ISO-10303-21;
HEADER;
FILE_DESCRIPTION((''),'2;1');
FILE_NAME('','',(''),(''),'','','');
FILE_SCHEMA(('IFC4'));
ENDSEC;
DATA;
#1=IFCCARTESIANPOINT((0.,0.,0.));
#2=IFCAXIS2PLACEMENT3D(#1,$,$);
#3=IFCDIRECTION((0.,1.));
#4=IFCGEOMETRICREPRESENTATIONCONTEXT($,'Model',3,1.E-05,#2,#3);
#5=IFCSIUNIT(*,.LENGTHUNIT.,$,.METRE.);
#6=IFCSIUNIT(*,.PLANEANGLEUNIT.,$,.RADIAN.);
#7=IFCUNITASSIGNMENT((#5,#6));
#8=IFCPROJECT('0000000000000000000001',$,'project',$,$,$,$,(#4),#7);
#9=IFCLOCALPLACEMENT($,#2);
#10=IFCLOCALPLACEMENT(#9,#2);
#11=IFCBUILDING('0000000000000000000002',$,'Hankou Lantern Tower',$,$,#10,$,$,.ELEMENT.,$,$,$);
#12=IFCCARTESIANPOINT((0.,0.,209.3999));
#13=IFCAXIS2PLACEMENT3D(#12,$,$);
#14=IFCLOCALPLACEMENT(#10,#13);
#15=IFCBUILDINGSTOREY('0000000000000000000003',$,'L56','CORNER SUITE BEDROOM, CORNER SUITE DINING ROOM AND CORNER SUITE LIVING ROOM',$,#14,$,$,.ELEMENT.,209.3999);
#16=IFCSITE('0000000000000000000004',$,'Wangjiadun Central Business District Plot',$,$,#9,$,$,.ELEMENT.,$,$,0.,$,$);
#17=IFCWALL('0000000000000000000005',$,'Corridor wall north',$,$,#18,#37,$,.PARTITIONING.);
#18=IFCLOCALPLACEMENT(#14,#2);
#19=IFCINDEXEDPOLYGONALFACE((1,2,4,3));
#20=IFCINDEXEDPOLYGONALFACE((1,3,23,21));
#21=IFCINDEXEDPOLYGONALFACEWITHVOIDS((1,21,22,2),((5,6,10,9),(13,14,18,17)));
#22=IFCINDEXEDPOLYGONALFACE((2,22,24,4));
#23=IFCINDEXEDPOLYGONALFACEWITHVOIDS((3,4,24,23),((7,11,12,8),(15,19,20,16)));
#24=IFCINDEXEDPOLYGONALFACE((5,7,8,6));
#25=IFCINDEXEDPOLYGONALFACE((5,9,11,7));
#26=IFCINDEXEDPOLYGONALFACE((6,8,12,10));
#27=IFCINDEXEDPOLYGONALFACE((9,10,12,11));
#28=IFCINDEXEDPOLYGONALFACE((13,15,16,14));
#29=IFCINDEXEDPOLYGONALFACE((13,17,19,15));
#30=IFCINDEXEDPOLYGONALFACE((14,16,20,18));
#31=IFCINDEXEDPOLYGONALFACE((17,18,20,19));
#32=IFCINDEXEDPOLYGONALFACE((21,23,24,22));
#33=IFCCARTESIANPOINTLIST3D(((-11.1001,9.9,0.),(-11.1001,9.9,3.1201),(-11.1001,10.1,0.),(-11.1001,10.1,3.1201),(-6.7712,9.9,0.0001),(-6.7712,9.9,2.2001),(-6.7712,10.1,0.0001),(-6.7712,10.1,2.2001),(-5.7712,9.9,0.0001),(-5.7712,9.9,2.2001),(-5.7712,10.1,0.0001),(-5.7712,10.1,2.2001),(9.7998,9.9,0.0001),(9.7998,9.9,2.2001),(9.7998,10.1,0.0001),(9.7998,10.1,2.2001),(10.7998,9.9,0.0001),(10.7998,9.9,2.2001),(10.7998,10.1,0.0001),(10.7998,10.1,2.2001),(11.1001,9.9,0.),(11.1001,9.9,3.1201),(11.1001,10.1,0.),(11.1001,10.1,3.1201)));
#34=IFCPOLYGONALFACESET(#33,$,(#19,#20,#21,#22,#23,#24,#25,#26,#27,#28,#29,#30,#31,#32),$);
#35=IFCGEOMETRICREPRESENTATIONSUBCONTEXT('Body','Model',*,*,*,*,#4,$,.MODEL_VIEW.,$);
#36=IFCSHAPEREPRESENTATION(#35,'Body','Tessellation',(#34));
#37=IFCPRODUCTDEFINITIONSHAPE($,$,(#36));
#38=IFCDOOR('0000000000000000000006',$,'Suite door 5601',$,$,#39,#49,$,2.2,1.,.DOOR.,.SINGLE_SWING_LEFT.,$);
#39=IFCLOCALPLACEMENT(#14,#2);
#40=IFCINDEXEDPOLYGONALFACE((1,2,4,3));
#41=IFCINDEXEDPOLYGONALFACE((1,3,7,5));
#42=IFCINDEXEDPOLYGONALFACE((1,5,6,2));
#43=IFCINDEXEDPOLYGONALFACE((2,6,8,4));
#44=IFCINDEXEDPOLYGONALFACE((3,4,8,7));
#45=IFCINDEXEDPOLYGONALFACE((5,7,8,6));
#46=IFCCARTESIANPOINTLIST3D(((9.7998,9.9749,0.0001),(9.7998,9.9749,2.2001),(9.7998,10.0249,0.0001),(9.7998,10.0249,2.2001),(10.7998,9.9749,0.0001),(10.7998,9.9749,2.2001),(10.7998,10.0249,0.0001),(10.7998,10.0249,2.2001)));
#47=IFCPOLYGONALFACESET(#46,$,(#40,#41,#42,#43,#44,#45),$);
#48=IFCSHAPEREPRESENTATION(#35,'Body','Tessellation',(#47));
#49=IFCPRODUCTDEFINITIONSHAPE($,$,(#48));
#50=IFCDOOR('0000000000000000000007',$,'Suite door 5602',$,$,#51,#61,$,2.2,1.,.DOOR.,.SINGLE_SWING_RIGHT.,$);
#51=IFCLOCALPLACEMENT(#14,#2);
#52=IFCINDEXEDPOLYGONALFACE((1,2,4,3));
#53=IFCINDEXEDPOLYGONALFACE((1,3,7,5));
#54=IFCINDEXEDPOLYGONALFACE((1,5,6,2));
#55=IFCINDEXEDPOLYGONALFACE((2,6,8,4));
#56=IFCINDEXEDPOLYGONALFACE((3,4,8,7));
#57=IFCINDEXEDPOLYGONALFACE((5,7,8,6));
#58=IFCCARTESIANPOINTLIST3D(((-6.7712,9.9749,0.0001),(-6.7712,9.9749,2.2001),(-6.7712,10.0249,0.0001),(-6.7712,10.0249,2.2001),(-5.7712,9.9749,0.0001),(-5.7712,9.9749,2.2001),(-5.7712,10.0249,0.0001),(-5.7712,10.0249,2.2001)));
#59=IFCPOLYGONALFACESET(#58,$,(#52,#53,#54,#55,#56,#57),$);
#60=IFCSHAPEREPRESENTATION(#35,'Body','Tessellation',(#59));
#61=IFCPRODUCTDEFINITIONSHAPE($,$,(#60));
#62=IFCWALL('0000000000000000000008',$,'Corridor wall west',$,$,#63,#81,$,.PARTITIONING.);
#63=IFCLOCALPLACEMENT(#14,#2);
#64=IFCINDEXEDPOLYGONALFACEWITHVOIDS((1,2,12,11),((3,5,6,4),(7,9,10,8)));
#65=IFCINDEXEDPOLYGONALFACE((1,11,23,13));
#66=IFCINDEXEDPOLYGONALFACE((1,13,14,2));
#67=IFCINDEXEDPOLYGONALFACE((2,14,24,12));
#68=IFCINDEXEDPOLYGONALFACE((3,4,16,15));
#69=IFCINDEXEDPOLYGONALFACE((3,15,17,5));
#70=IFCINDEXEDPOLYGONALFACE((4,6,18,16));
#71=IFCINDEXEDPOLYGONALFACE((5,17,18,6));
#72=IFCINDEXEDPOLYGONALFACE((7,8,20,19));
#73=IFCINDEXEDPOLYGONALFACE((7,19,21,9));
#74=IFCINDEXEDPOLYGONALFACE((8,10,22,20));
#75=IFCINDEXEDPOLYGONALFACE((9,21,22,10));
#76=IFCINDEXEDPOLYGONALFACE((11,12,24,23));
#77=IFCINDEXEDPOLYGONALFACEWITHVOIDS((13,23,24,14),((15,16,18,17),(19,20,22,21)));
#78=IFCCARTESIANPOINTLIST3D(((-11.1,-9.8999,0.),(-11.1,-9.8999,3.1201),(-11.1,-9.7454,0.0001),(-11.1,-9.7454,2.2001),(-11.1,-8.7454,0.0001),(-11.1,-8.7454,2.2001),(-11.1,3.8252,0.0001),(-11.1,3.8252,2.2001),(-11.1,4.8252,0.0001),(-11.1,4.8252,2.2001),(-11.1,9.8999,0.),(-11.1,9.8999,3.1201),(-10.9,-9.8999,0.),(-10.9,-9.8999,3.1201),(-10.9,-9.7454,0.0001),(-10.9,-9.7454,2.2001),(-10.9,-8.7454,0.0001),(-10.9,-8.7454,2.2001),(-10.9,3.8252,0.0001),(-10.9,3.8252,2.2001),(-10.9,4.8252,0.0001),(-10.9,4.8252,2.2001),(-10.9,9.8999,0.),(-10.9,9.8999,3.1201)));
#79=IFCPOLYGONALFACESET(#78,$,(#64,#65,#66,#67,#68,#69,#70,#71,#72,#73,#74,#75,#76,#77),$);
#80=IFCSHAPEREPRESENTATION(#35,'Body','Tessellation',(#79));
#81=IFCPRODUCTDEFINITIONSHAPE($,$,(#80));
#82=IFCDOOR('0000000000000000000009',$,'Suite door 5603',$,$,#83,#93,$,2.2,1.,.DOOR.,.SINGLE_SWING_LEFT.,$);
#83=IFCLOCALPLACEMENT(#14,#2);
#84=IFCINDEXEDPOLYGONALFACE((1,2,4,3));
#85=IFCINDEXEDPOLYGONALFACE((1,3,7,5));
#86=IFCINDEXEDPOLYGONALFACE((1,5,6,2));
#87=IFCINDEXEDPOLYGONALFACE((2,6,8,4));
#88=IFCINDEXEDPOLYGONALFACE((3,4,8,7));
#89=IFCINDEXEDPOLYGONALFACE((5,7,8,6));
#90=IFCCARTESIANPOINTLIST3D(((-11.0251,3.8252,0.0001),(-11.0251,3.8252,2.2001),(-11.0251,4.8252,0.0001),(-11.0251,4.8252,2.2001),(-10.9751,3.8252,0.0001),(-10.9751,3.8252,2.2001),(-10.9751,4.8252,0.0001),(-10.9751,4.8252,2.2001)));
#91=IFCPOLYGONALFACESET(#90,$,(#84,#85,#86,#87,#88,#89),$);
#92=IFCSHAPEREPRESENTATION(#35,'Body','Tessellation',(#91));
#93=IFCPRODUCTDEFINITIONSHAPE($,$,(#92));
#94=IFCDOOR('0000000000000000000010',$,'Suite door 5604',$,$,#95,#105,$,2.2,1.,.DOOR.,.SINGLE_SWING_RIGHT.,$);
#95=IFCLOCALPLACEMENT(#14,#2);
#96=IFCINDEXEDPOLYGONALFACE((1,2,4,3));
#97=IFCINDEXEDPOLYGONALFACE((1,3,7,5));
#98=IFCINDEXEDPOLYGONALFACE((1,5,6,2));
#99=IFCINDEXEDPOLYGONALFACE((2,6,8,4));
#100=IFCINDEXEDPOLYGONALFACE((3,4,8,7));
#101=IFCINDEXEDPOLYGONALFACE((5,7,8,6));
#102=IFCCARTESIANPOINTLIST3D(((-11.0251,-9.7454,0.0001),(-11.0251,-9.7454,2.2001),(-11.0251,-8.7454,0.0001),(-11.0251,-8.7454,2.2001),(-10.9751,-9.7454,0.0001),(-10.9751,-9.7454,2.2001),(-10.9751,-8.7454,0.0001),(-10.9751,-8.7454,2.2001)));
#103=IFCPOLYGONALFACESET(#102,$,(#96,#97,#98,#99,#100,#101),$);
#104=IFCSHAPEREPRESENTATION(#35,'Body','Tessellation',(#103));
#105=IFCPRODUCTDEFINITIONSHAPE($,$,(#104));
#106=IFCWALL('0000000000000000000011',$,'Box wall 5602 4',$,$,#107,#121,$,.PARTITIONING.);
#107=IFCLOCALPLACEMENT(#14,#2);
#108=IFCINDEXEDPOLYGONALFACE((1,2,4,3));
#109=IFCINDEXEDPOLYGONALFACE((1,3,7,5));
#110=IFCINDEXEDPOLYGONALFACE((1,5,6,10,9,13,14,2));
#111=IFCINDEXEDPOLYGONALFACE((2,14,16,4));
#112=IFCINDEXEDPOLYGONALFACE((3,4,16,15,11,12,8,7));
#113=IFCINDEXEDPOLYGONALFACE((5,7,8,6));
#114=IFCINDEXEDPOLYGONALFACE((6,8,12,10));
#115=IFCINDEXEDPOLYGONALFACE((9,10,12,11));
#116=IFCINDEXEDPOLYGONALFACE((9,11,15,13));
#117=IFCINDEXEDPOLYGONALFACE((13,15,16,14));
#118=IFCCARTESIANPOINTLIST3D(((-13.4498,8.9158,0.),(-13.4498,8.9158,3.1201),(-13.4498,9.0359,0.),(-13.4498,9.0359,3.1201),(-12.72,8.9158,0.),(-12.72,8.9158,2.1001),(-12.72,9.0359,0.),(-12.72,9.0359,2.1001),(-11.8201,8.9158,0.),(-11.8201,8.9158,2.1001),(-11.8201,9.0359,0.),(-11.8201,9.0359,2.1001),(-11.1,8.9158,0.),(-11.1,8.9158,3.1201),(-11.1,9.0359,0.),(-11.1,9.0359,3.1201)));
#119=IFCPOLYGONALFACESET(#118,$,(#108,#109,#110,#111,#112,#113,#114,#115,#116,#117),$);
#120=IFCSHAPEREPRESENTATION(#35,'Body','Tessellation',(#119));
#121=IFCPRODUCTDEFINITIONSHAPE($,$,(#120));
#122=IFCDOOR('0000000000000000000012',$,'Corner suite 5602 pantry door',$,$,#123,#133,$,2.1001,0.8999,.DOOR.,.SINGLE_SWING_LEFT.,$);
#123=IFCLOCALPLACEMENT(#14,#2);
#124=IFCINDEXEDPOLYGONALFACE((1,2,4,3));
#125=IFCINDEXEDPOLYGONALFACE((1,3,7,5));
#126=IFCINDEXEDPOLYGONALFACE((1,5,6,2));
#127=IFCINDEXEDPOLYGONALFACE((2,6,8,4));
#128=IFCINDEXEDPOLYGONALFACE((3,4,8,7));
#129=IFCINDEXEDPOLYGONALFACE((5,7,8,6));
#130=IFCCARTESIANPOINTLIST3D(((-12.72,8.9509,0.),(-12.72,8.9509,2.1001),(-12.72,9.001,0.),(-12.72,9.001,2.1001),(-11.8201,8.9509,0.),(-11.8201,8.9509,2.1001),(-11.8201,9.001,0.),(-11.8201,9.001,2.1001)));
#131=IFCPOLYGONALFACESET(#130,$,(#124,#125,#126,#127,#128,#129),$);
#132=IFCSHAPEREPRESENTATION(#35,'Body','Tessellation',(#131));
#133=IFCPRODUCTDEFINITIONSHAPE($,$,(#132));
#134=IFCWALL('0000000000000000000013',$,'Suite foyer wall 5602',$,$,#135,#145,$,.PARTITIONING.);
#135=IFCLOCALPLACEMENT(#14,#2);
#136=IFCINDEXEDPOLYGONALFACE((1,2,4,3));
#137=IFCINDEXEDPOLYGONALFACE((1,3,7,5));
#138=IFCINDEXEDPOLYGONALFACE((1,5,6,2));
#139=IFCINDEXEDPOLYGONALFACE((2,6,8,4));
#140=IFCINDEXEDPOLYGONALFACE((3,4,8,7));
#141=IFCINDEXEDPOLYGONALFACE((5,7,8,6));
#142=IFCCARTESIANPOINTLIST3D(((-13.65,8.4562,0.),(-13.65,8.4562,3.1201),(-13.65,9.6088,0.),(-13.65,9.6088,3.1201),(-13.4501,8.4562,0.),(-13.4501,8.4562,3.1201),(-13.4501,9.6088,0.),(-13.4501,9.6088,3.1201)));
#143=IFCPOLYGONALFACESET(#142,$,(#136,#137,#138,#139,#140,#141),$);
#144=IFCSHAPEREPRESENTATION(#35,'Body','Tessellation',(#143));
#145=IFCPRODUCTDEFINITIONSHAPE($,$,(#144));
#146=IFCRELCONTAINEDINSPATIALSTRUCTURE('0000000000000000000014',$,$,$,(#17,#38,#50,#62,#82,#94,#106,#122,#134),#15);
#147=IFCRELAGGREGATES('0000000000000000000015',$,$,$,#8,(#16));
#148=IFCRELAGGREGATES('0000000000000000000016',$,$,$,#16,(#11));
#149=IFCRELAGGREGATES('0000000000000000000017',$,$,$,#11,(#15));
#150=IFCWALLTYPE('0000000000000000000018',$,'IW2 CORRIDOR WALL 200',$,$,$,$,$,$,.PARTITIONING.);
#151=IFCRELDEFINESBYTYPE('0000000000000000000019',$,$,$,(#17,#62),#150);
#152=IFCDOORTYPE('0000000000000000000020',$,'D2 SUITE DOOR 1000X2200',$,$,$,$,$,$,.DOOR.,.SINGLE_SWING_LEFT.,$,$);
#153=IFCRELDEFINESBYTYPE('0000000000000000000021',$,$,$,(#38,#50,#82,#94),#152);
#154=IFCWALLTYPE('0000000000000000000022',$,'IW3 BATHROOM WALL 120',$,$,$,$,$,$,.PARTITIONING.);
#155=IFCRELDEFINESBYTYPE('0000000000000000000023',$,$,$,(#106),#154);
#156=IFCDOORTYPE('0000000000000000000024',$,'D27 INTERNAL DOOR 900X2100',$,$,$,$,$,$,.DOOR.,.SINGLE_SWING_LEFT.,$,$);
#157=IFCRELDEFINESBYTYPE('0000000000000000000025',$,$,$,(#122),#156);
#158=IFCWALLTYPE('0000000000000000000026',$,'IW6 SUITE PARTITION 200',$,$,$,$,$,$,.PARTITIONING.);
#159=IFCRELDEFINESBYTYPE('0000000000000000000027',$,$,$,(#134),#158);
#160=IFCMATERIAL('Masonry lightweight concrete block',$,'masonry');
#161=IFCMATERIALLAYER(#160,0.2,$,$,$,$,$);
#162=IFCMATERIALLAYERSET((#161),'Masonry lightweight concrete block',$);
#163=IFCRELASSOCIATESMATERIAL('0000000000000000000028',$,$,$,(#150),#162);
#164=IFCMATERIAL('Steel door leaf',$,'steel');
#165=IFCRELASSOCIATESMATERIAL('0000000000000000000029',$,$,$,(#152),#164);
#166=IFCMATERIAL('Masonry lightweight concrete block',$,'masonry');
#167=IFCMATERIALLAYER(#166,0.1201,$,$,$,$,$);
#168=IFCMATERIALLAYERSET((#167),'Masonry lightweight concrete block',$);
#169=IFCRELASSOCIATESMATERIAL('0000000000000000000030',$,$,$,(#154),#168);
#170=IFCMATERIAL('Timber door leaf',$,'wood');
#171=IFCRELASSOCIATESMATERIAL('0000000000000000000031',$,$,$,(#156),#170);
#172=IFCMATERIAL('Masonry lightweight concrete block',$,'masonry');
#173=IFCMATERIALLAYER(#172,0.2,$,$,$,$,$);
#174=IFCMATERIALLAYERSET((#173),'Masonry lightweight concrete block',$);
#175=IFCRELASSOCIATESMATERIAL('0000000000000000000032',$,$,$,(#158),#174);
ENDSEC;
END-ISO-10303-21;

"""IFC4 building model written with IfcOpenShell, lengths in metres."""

from ifc_helpers import new_model, si_unit, direction, frame, frame_2d, origin, place, context, subcontext, project, spatial, rectangle, extrude, material, layer, layer_set, type_object, element, fill, save


model = new_model("IFC4")

# Units and contexts
model_context = context("Model", 3, precision=1e-05, world=origin(), true_north=direction((0.0, 1.0)))
body_context = subcontext(model_context, "Body", "Model", "MODEL_VIEW")
ifc_project = project(units=[si_unit("LENGTHUNIT", "METRE"), si_unit("PLANEANGLEUNIT", "RADIAN")], contexts=[model_context])

# Site, building, storey
site_placement = place(None, origin())
site = spatial("IfcSite", under=ifc_project, at=site_placement, Name="Wangjiadun Central Business District Plot", CompositionType="ELEMENT", RefElevation=0.0)
building_placement = place(site_placement, origin())
building = spatial("IfcBuilding", under=site, at=building_placement, Name="Hankou Lantern Tower", CompositionType="ELEMENT")
storey_placement = place(building_placement, frame((0.0, 0.0, 209.3999)))
storey = spatial("IfcBuildingStorey", under=building, at=storey_placement, Name="L56", Description="CORNER SUITE BEDROOM, CORNER SUITE DINING ROOM AND CORNER SUITE LIVING ROOM", CompositionType="ELEMENT", Elevation=209.3999)

# Walls, openings, doors
ifc_material_1 = material(Name="Masonry lightweight concrete block", Category="masonry")
ifc_layer_1 = layer(ifc_material_1, 0.2)
ifc_layer_set_1 = layer_set([ifc_layer_1], Name="Masonry lightweight concrete block")
wall_type_1 = type_object("IfcWallType", Name="IW2 CORRIDOR WALL 200", PredefinedType="PARTITIONING", material=ifc_layer_set_1)
wall_1_placement = place(storey_placement, frame((-11.1001, 10.0, 0.0), z_axis=(0.0, 0.0, 1.0), x_axis=(1.0, 0.0, 0.0)))
wall_1 = element("IfcWall", 1, at=wall_1_placement, inside=storey, type_object=wall_type_1, Name="Corridor wall north", PredefinedType="PARTITIONING", context=body_context, shape_type="SweptSolid", body=[
    extrude(rectangle(XDim=22.2002, YDim=0.2, at=frame_2d((11.1001, 0.0))), origin(), (0.0, 0.0, 1.0), 3.1201),
])
opening_1_placement = place(wall_1_placement, frame((20.8999, 0.0, 0.0)))
opening_1 = element("IfcOpeningElement", 2, at=opening_1_placement, cuts=wall_1, PredefinedType="OPENING", context=body_context, shape_type="SweptSolid", body=[
    extrude(rectangle(XDim=1.0, YDim=2.2, at=frame_2d((0.5, 1.1001))), frame((0.0, 0.1099, 0.0), z_axis=(0.0, -1.0, 0.0), x_axis=(1.0, 0.0, 0.0)), (0.0, 0.0, 1.0), 0.22),
])
opening_2_placement = place(wall_1_placement, frame((4.3289, 0.0, 0.0)))
opening_2 = element("IfcOpeningElement", 3, at=opening_2_placement, cuts=wall_1, PredefinedType="OPENING", context=body_context, shape_type="SweptSolid", body=[
    extrude(rectangle(XDim=1.0, YDim=2.2, at=frame_2d((0.5, 1.1001))), frame((0.0, 0.1099, 0.0), z_axis=(0.0, -1.0, 0.0), x_axis=(1.0, 0.0, 0.0)), (0.0, 0.0, 1.0), 0.22),
])
ifc_material_2 = material(Name="Steel door leaf", Category="steel")
door_type_1 = type_object("IfcDoorType", Name="D2 SUITE DOOR 1000X2200", OperationType="SINGLE_SWING_LEFT", PredefinedType="DOOR", material=ifc_material_2)
door_1_placement = place(opening_1_placement, origin())
door_1 = element("IfcDoor", 4, at=door_1_placement, inside=storey, type_object=door_type_1, Name="Suite door 5601", OperationType="SINGLE_SWING_LEFT", OverallHeight=2.2, OverallWidth=1.0, PredefinedType="DOOR", context=body_context, shape_type="SweptSolid", body=[
    extrude(rectangle(XDim=1.0, YDim=2.2, at=frame_2d((0.5, 1.1001))), frame((0.0, 0.0249, 0.0), z_axis=(0.0, -1.0, 0.0), x_axis=(1.0, 0.0, 0.0)), (0.0, 0.0, 1.0), 0.05),
])
fill(opening_1, door_1)
door_2_placement = place(opening_2_placement, origin())
door_2 = element("IfcDoor", 5, at=door_2_placement, inside=storey, type_object=door_type_1, Name="Suite door 5602", OperationType="SINGLE_SWING_RIGHT", OverallHeight=2.2, OverallWidth=1.0, PredefinedType="DOOR", context=body_context, shape_type="SweptSolid", body=[
    extrude(rectangle(XDim=1.0, YDim=2.2, at=frame_2d((0.5, 1.1001))), frame((0.0, 0.0249, 0.0), z_axis=(0.0, -1.0, 0.0), x_axis=(1.0, 0.0, 0.0)), (0.0, 0.0, 1.0), 0.05),
])
fill(opening_2, door_2)
wall_2_placement = place(storey_placement, frame((-11.0, 9.8999, 0.0), z_axis=(0.0, 0.0, 1.0), x_axis=(0.0, -1.0, 0.0)))
wall_2 = element("IfcWall", 6, at=wall_2_placement, inside=storey, type_object=wall_type_1, Name="Corridor wall west", PredefinedType="PARTITIONING", context=body_context, shape_type="SweptSolid", body=[
    extrude(rectangle(XDim=19.7998, YDim=0.2, at=frame_2d((9.8999, 0.0))), origin(), (0.0, 0.0, 1.0), 3.1201),
])
opening_3_placement = place(wall_2_placement, frame((5.0747, 0.0, 0.0)))
opening_3 = element("IfcOpeningElement", 7, at=opening_3_placement, cuts=wall_2, PredefinedType="OPENING", context=body_context, shape_type="SweptSolid", body=[
    extrude(rectangle(XDim=1.0, YDim=2.2, at=frame_2d((0.5, 1.1001))), frame((0.0, 0.1099, 0.0), z_axis=(0.0, -1.0, 0.0), x_axis=(1.0, 0.0, 0.0)), (0.0, 0.0, 1.0), 0.22),
])
opening_4_placement = place(wall_2_placement, frame((18.6453, 0.0, 0.0)))
opening_4 = element("IfcOpeningElement", 8, at=opening_4_placement, cuts=wall_2, PredefinedType="OPENING", context=body_context, shape_type="SweptSolid", body=[
    extrude(rectangle(XDim=1.0, YDim=2.2, at=frame_2d((0.5, 1.1001))), frame((0.0, 0.1099, 0.0), z_axis=(0.0, -1.0, 0.0), x_axis=(1.0, 0.0, 0.0)), (0.0, 0.0, 1.0), 0.22),
])
door_3_placement = place(opening_3_placement, origin())
door_3 = element("IfcDoor", 9, at=door_3_placement, inside=storey, type_object=door_type_1, Name="Suite door 5603", OperationType="SINGLE_SWING_LEFT", OverallHeight=2.2, OverallWidth=1.0, PredefinedType="DOOR", context=body_context, shape_type="SweptSolid", body=[
    extrude(rectangle(XDim=1.0, YDim=2.2, at=frame_2d((0.5, 1.1001))), frame((0.0, 0.0249, 0.0), z_axis=(0.0, -1.0, 0.0), x_axis=(1.0, 0.0, 0.0)), (0.0, 0.0, 1.0), 0.05),
])
fill(opening_3, door_3)
door_4_placement = place(opening_4_placement, origin())
door_4 = element("IfcDoor", 10, at=door_4_placement, inside=storey, type_object=door_type_1, Name="Suite door 5604", OperationType="SINGLE_SWING_RIGHT", OverallHeight=2.2, OverallWidth=1.0, PredefinedType="DOOR", context=body_context, shape_type="SweptSolid", body=[
    extrude(rectangle(XDim=1.0, YDim=2.2, at=frame_2d((0.5, 1.1001))), frame((0.0, 0.0249, 0.0), z_axis=(0.0, -1.0, 0.0), x_axis=(1.0, 0.0, 0.0)), (0.0, 0.0, 1.0), 0.05),
])
fill(opening_4, door_4)

# Wall, opening, door
ifc_material_3 = material(Name="Masonry lightweight concrete block", Category="masonry")
ifc_layer_2 = layer(ifc_material_3, 0.1201)
ifc_layer_set_2 = layer_set([ifc_layer_2], Name="Masonry lightweight concrete block")
wall_type_2 = type_object("IfcWallType", Name="IW3 BATHROOM WALL 120", PredefinedType="PARTITIONING", material=ifc_layer_set_2)
wall_3_placement = place(storey_placement, frame((-11.1001, 8.9758, 0.0), z_axis=(0.0, 0.0, 1.0), x_axis=(-1.0, 0.0, 0.0)))
wall_3 = element("IfcWall", 11, at=wall_3_placement, inside=storey, type_object=wall_type_2, Name="Box wall 5602 4", PredefinedType="PARTITIONING", context=body_context, shape_type="SweptSolid", body=[
    extrude(rectangle(XDim=2.3499, YDim=0.1201, at=frame_2d((1.1748, 0.0))), origin(), (0.0, 0.0, 1.0), 3.1201),
])
opening_5_placement = place(wall_3_placement, frame((0.72, 0.0, 0.0)))
opening_5 = element("IfcOpeningElement", 12, at=opening_5_placement, cuts=wall_3, PredefinedType="OPENING", context=body_context, shape_type="SweptSolid", body=[
    extrude(rectangle(XDim=0.8999, YDim=2.1001, at=frame_2d((0.45, 1.05))), frame((0.0, 0.0701, 0.0), z_axis=(0.0, -1.0, 0.0), x_axis=(1.0, 0.0, 0.0)), (0.0, 0.0, 1.0), 0.1401),
])
ifc_material_4 = material(Name="Timber door leaf", Category="wood")
door_type_2 = type_object("IfcDoorType", Name="D27 INTERNAL DOOR 900X2100", OperationType="SINGLE_SWING_LEFT", PredefinedType="DOOR", material=ifc_material_4)
door_5_placement = place(opening_5_placement, origin())
door_5 = element("IfcDoor", 13, at=door_5_placement, inside=storey, type_object=door_type_2, Name="Corner suite 5602 pantry door", OperationType="SINGLE_SWING_LEFT", OverallHeight=2.1001, OverallWidth=0.8999, PredefinedType="DOOR", context=body_context, shape_type="SweptSolid", body=[
    extrude(rectangle(XDim=0.8999, YDim=2.1001, at=frame_2d((0.45, 1.05))), frame((0.0, 0.0249, 0.0), z_axis=(0.0, -1.0, 0.0), x_axis=(1.0, 0.0, 0.0)), (0.0, 0.0, 1.0), 0.05),
])
fill(opening_5, door_5)

# Wall
ifc_material_5 = material(Name="Masonry lightweight concrete block", Category="masonry")
ifc_layer_3 = layer(ifc_material_5, 0.2)
ifc_layer_set_3 = layer_set([ifc_layer_3], Name="Masonry lightweight concrete block")
wall_type_3 = type_object("IfcWallType", Name="IW6 SUITE PARTITION 200", PredefinedType="PARTITIONING", material=ifc_layer_set_3)
wall_4_placement = place(storey_placement, frame((-13.55, 9.6086, 0.0), z_axis=(0.0, 0.0, 1.0), x_axis=(0.0, -1.0, 0.0)))
element("IfcWall", 14, at=wall_4_placement, inside=storey, type_object=wall_type_3, Name="Suite foyer wall 5602", PredefinedType="PARTITIONING", context=body_context, shape_type="SweptSolid", body=[
    extrude(rectangle(XDim=1.1526, YDim=0.2, at=frame_2d((0.5762, 0.0))), origin(), (0.0, 0.0, 1.0), 3.1201),
])

save(model, "model.ifc")
